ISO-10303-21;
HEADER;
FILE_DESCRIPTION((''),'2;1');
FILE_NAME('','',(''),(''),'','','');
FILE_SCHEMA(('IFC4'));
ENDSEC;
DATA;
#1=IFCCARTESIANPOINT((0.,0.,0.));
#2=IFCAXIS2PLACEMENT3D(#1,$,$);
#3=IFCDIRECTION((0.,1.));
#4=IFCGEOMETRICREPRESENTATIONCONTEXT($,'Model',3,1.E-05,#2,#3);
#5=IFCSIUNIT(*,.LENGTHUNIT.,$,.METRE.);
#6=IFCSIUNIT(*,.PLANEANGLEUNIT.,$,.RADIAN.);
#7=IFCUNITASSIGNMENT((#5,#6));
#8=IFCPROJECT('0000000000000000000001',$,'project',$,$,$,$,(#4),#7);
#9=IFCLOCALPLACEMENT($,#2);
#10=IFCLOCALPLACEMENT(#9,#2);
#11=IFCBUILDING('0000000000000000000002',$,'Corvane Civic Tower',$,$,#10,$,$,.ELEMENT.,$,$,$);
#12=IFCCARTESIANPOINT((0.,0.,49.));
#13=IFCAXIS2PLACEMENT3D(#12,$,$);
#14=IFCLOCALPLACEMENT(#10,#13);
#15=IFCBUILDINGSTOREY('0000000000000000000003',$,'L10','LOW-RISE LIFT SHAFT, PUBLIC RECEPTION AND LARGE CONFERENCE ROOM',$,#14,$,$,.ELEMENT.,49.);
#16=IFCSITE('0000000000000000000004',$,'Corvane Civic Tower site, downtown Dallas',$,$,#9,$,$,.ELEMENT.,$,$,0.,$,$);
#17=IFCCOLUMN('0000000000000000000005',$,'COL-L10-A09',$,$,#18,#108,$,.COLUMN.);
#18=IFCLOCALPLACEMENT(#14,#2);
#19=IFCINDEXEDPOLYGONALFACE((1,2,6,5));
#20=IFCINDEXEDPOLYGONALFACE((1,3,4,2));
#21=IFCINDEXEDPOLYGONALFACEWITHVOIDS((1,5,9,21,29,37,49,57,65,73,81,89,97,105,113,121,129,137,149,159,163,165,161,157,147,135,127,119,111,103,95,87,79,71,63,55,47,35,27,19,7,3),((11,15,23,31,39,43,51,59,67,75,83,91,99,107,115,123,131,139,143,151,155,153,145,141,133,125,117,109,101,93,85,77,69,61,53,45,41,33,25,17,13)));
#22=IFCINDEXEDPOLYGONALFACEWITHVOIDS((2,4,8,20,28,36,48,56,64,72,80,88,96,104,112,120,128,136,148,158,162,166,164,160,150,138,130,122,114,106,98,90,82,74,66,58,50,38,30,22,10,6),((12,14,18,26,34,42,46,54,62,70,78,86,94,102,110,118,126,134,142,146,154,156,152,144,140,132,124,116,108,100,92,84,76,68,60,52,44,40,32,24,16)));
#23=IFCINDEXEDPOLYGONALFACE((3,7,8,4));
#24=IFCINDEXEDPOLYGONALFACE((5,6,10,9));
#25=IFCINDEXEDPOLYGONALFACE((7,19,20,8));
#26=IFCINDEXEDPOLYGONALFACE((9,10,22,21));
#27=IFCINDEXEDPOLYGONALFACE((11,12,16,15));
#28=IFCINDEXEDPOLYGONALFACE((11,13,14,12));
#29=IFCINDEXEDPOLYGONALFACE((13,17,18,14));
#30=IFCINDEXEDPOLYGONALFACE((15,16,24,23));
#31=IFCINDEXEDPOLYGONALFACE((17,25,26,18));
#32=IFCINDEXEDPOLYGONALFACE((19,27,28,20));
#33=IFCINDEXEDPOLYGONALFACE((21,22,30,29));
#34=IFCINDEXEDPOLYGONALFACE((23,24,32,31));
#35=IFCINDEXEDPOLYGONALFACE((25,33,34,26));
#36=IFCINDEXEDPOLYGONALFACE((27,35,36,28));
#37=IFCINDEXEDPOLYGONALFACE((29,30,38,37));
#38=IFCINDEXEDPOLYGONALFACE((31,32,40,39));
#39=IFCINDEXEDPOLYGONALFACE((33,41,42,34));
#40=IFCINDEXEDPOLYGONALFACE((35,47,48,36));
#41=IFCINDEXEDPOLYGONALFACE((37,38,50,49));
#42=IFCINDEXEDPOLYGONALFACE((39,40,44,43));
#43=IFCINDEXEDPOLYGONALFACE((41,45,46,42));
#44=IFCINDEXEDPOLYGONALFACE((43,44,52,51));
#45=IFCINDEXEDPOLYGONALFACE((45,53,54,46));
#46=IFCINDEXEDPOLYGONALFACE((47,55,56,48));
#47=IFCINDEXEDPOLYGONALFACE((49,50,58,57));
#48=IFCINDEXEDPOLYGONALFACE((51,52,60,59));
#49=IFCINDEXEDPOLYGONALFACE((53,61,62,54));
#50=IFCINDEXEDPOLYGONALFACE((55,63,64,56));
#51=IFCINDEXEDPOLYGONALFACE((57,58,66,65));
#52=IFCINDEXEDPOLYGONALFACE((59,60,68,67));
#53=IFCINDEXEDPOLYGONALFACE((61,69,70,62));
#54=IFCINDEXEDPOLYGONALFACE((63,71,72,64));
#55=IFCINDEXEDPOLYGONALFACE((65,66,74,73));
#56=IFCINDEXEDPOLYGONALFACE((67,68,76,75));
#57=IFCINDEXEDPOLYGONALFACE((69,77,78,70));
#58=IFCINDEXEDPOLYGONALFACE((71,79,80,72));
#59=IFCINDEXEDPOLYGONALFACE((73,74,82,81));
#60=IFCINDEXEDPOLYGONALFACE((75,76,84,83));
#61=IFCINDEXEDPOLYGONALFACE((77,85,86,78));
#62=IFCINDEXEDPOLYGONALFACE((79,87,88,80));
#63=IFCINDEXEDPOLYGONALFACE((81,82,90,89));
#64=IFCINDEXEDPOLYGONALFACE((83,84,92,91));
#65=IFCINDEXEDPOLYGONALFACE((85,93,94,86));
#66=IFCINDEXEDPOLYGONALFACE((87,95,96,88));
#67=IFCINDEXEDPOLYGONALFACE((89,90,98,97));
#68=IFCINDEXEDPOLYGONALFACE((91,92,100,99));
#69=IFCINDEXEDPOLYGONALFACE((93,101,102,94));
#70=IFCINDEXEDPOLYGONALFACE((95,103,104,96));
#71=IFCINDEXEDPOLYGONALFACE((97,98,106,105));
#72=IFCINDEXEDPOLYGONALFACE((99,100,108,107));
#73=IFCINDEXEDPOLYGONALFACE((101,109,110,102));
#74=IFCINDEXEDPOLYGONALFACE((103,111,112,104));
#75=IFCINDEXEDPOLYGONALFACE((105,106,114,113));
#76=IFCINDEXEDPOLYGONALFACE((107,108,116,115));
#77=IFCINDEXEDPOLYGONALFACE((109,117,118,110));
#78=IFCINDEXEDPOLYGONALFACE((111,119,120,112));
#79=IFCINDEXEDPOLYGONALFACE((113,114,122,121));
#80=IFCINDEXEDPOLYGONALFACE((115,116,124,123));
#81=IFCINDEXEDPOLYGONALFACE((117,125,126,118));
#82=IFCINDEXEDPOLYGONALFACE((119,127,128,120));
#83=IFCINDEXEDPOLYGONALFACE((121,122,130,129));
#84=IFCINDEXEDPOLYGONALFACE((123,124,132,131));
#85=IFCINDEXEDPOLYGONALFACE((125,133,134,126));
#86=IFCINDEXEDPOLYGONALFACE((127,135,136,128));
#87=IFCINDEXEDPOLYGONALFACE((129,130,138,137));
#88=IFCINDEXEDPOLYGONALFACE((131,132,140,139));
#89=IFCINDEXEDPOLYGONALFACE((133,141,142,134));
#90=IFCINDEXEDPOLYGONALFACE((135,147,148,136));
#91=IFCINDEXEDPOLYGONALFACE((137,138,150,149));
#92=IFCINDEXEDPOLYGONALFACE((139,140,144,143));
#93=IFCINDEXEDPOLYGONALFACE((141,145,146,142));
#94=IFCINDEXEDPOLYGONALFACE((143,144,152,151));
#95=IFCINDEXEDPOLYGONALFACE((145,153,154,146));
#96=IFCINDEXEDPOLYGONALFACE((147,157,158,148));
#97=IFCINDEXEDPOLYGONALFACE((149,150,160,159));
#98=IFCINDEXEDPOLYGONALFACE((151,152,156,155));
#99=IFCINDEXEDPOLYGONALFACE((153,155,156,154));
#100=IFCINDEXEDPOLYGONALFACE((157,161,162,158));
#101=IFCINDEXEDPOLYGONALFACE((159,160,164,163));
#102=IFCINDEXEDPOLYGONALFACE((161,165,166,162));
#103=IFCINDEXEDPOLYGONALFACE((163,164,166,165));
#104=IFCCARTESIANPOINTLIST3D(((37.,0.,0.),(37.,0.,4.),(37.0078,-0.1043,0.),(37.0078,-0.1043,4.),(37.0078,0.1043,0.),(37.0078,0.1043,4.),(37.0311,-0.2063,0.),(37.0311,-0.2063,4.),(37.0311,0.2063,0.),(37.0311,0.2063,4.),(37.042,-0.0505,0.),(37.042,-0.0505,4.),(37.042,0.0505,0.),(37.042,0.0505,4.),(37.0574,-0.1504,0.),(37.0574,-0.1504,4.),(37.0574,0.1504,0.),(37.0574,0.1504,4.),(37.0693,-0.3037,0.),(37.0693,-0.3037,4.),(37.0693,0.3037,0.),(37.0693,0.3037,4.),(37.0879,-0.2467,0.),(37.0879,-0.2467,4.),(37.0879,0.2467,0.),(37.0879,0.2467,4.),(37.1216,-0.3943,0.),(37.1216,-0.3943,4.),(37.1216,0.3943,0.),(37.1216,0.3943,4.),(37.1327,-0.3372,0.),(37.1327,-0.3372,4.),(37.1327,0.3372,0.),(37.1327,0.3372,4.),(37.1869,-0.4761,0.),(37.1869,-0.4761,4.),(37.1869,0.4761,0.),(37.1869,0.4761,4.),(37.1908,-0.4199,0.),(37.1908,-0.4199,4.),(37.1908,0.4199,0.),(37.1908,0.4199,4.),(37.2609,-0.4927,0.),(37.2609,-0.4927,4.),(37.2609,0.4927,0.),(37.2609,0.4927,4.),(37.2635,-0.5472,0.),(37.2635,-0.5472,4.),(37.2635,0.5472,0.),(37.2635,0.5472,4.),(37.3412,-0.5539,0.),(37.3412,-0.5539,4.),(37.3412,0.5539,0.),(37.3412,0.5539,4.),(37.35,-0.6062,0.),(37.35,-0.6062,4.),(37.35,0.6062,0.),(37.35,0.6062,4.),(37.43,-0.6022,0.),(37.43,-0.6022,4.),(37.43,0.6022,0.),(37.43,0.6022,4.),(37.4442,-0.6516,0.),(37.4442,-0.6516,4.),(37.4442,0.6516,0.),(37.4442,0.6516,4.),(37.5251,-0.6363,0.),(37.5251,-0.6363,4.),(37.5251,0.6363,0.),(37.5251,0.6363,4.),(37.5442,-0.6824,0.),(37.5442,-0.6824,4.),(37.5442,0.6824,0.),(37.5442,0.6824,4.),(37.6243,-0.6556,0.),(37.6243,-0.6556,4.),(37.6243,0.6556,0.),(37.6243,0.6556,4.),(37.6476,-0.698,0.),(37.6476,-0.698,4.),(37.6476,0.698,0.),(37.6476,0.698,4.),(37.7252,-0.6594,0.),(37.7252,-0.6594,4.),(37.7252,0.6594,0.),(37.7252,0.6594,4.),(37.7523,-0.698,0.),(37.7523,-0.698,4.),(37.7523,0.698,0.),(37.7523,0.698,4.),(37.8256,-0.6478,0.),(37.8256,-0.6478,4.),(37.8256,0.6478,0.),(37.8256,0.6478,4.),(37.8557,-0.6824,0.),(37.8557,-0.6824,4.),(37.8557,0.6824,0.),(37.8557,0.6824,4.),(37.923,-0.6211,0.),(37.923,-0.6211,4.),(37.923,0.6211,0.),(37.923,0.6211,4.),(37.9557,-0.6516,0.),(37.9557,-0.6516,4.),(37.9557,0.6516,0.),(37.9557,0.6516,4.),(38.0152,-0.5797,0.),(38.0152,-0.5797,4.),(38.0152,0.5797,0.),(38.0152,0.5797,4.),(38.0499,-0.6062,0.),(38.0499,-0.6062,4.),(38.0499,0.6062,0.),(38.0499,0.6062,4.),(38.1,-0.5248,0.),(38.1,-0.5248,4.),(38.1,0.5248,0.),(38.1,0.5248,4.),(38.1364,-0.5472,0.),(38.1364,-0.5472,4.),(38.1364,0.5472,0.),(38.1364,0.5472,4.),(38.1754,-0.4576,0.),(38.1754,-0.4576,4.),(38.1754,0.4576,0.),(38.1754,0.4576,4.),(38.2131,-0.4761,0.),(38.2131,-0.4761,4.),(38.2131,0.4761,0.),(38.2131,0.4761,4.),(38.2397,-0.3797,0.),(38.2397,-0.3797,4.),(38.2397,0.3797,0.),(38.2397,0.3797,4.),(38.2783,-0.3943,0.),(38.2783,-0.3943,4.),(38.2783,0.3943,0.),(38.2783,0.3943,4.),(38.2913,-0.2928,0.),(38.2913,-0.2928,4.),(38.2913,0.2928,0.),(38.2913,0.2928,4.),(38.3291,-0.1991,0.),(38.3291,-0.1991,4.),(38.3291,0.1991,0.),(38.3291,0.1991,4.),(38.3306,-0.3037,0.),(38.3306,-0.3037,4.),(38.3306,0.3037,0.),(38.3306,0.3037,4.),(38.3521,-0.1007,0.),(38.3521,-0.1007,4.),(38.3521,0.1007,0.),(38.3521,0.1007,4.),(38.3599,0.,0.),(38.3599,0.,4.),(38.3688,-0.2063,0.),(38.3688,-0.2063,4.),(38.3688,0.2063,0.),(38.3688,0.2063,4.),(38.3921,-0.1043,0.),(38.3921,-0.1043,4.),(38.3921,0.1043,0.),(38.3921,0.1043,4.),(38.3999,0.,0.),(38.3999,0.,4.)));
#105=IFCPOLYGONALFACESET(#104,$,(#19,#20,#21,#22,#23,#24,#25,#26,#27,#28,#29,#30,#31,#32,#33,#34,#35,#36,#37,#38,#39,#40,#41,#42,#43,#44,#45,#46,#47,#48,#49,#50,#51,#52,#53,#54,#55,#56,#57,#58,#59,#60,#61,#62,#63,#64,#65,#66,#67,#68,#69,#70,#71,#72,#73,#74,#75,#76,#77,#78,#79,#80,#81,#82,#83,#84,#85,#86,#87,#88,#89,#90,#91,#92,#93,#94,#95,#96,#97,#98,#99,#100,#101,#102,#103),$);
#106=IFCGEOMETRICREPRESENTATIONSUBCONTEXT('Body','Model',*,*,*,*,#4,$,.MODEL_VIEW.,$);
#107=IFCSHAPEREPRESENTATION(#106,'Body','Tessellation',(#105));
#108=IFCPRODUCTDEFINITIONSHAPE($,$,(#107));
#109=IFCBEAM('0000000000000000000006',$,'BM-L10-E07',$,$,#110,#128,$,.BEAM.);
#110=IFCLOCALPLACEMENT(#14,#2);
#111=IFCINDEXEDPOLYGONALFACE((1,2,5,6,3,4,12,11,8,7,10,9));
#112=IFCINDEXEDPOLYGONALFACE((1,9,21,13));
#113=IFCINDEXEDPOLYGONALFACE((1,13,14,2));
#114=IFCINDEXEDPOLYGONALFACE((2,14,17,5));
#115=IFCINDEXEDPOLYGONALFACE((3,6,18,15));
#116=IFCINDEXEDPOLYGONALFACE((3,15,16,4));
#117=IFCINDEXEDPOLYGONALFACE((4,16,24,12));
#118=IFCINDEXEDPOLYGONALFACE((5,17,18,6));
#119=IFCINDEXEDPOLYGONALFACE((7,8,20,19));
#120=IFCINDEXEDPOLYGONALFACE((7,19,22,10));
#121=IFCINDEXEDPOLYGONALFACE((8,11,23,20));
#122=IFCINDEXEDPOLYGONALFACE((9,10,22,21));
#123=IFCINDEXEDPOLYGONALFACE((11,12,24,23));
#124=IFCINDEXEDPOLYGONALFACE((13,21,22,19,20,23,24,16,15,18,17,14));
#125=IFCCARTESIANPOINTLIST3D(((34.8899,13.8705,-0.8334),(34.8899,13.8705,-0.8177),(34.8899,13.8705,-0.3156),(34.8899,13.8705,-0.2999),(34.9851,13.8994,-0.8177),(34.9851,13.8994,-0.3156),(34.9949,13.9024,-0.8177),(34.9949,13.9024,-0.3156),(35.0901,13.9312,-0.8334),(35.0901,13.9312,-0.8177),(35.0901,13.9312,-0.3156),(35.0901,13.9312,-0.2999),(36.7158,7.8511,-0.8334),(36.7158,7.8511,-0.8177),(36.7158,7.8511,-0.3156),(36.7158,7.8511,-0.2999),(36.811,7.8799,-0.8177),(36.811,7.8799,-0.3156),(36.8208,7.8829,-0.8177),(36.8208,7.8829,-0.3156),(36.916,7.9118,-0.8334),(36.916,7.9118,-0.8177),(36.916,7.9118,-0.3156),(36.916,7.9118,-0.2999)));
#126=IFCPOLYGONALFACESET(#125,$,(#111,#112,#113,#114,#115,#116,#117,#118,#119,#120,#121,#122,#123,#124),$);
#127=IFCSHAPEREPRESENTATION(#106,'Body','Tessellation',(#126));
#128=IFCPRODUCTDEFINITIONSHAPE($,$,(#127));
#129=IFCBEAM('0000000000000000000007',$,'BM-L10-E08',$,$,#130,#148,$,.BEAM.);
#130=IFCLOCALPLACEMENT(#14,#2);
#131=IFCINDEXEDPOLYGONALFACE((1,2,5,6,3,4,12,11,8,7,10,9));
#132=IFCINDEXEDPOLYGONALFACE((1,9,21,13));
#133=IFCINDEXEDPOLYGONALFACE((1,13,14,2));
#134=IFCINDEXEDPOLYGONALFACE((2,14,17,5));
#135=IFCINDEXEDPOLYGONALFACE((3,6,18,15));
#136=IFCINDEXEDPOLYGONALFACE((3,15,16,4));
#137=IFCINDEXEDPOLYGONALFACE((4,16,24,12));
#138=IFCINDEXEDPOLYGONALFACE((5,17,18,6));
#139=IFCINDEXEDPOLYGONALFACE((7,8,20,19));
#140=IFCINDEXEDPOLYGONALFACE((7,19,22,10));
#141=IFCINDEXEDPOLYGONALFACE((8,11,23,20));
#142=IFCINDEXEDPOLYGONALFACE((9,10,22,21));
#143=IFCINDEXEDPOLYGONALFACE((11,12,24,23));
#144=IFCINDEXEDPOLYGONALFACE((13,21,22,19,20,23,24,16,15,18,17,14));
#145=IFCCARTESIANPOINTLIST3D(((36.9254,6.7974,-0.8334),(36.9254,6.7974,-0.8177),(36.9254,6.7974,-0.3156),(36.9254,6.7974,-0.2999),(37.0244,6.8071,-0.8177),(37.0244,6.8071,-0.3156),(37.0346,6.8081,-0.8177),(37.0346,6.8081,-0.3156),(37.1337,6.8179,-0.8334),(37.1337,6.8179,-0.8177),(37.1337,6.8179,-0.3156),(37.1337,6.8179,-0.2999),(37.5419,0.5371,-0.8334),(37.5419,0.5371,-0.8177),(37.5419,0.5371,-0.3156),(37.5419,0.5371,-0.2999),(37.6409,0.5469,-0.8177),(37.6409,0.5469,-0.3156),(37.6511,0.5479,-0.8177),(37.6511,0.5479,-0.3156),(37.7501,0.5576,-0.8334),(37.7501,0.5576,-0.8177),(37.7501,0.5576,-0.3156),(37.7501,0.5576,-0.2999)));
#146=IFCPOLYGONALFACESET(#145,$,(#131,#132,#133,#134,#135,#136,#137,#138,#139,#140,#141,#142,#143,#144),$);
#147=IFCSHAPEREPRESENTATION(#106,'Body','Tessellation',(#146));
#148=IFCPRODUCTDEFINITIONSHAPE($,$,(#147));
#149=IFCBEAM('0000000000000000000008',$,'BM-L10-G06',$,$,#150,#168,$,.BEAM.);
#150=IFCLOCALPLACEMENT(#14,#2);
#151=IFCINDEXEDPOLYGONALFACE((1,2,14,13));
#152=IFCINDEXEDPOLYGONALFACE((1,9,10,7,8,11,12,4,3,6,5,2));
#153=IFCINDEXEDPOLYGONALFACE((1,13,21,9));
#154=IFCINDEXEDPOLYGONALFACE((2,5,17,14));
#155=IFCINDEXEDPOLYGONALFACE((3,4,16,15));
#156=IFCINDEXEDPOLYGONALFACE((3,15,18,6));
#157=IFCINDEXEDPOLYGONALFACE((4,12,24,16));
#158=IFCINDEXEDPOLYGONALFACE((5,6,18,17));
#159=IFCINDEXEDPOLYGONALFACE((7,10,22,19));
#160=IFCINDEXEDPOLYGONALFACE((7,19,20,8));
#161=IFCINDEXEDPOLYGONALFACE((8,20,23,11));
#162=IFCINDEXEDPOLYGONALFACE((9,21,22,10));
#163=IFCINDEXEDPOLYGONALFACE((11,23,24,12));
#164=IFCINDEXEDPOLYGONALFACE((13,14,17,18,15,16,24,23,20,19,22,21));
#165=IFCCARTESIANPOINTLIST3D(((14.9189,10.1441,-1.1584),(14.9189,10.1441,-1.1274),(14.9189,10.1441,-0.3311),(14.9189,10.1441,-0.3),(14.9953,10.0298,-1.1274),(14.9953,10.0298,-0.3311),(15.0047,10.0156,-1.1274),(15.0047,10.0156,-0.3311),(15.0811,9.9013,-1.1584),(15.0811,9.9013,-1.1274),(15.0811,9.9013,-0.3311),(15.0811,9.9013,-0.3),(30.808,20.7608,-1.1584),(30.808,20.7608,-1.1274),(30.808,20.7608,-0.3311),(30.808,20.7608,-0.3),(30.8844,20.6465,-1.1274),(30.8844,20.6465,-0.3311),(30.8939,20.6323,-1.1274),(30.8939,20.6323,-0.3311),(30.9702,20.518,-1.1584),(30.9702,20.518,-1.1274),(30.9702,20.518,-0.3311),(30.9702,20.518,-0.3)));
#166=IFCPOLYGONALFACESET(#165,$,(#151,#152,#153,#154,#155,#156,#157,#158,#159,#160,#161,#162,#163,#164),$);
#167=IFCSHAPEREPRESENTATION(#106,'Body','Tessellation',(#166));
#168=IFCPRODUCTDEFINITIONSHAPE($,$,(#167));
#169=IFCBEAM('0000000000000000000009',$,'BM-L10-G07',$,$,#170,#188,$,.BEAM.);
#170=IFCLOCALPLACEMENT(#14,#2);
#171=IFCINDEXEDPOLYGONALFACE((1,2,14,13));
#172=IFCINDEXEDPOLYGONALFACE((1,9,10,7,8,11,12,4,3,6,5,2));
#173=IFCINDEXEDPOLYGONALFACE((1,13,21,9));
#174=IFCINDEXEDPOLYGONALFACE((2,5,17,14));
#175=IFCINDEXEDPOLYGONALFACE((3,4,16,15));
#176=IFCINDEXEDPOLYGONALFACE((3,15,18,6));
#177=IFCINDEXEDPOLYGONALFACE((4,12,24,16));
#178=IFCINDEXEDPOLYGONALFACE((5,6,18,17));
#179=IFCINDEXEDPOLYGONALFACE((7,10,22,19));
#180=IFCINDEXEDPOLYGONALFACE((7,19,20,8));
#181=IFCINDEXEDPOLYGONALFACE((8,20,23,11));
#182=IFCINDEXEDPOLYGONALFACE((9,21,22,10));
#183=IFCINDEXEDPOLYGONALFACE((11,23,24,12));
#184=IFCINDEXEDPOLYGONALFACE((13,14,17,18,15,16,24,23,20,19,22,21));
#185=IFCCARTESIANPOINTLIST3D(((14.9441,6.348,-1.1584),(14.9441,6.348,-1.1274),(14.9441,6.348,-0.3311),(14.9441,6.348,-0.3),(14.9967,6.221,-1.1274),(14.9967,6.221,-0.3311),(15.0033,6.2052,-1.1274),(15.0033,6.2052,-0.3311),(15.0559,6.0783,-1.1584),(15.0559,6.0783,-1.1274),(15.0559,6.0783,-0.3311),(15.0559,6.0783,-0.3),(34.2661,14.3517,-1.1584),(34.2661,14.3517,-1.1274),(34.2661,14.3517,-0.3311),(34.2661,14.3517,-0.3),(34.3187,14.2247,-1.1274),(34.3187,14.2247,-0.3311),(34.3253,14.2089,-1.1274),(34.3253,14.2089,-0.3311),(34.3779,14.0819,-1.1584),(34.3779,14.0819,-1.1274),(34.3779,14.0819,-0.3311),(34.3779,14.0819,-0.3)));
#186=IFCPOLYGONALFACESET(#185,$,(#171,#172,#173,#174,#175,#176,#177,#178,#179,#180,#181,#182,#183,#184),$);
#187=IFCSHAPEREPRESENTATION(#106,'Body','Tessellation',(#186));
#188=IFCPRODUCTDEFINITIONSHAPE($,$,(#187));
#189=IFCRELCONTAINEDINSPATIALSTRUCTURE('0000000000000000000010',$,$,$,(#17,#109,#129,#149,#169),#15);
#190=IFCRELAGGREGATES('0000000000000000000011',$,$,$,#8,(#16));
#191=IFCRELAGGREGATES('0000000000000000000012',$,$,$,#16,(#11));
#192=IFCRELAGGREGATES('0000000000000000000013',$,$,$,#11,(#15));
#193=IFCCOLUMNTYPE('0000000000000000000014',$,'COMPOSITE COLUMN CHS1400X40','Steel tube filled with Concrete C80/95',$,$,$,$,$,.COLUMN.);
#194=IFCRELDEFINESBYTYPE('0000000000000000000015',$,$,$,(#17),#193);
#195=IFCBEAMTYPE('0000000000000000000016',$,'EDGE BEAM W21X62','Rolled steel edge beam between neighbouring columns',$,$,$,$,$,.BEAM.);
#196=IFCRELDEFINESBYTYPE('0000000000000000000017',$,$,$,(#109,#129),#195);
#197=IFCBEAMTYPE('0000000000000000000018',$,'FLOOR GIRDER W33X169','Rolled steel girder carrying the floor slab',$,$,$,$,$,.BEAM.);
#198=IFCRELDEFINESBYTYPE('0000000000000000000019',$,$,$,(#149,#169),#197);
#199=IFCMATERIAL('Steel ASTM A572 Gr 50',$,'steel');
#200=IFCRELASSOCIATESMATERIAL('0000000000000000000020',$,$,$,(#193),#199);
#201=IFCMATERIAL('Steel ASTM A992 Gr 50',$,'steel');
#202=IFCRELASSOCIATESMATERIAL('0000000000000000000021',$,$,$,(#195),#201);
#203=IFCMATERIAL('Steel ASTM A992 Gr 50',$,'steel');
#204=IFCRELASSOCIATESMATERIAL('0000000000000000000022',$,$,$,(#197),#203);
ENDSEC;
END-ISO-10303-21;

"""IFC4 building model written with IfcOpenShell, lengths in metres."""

from ifc_helpers import new_model, si_unit, direction, frame, origin, origin_2d, place, context, subcontext, project, spatial, hollow_circle, i_section, extrude, material, material_profile, profile_set, type_object, element, save


model = new_model("IFC4")

# Units and contexts
model_context = context("Model", 3, precision=1e-05, world=origin(), true_north=direction((0.0, 1.0)))
body_context = subcontext(model_context, "Body", "Model", "MODEL_VIEW")
ifc_project = project(units=[si_unit("LENGTHUNIT", "METRE"), si_unit("PLANEANGLEUNIT", "RADIAN")], contexts=[model_context])

# Site, building, storey
site_placement = place(None, origin())
site = spatial("IfcSite", under=ifc_project, at=site_placement, Name="Corvane Civic Tower site, downtown Dallas", CompositionType="ELEMENT", RefElevation=0.0)
building_placement = place(site_placement, origin())
building = spatial("IfcBuilding", under=site, at=building_placement, Name="Corvane Civic Tower", CompositionType="ELEMENT")
storey_placement = place(building_placement, frame((0.0, 0.0, 49.0)))
storey = spatial("IfcBuildingStorey", under=building, at=storey_placement, Name="L10", Description="LOW-RISE LIFT SHAFT, PUBLIC RECEPTION AND LARGE CONFERENCE ROOM", CompositionType="ELEMENT", Elevation=49.0)

# Column
ifc_material_1 = material(Name="Steel ASTM A572 Gr 50", Category="steel")
ifc_material_profile_1 = material_profile(ifc_material_1, hollow_circle(Radius=0.7, WallThickness=0.04, at=origin_2d()), Name="CHS1400X40")
ifc_profile_set_1 = profile_set([ifc_material_profile_1], Name="Steel ASTM A572 Gr 50")
column_type = type_object("IfcColumnType", Name="COMPOSITE COLUMN CHS1400X40", Description="Steel tube filled with Concrete C80/95", PredefinedType="COLUMN", material=ifc_profile_set_1)
for number, where, z_axis, x_axis, name in (
    (1, (37.7, 0.0, 0.0), (0.0, 0.0, 1.0), (1.0, 0.0, 0.0), "COL-L10-A09"),
):
    element("IfcColumn", number, at=place(storey_placement, frame(where, z_axis=z_axis, x_axis=x_axis)), inside=storey, type_object=column_type, Name=name, PredefinedType="COLUMN", context=body_context, shape_type="SweptSolid", body=[
        extrude(hollow_circle(Radius=0.7, WallThickness=0.04, at=origin_2d()), origin(), (0.0, 0.0, 1.0), 4.0),
    ])

# Beams
ifc_material_2 = material(Name="Steel ASTM A992 Gr 50", Category="steel")
ifc_material_profile_2 = material_profile(ifc_material_2, i_section(OverallWidth=0.2092, OverallDepth=0.5334, WebThickness=0.0103, FlangeThickness=0.0156, at=origin_2d()), Name="W21X62")
ifc_profile_set_2 = profile_set([ifc_material_profile_2], Name="Steel ASTM A992 Gr 50")
beam_type_1 = type_object("IfcBeamType", Name="EDGE BEAM W21X62", Description="Rolled steel edge beam between neighbouring columns", PredefinedType="BEAM", material=ifc_profile_set_2)
beam_1_placement = place(storey_placement, frame((34.99, 13.9009, -0.5667), z_axis=(0.290273, -0.956944, 0.0), x_axis=(0.956944, 0.290273, 0.0)))
element("IfcBeam", 2, at=beam_1_placement, inside=storey, type_object=beam_type_1, Name="BM-L10-E07", PredefinedType="BEAM", context=body_context, shape_type="SweptSolid", body=[
    extrude(i_section(OverallWidth=0.2092, OverallDepth=0.5334, WebThickness=0.0103, FlangeThickness=0.0156, at=origin_2d()), origin(), (0.0, 0.0, 1.0), 6.2903),
])
beam_2_placement = place(storey_placement, frame((37.0295, 6.8076, -0.5667), z_axis=(0.097997, -0.995187, 0.0), x_axis=(0.995187, 0.097997, 0.0)))
element("IfcBeam", 3, at=beam_2_placement, inside=storey, type_object=beam_type_1, Name="BM-L10-E08", PredefinedType="BEAM", context=body_context, shape_type="SweptSolid", body=[
    extrude(i_section(OverallWidth=0.2092, OverallDepth=0.5334, WebThickness=0.0103, FlangeThickness=0.0156, at=origin_2d()), origin(), (0.0, 0.0, 1.0), 6.2905),
])
ifc_material_3 = material(Name="Steel ASTM A992 Gr 50", Category="steel")
ifc_material_profile_3 = material_profile(ifc_material_3, i_section(OverallWidth=0.292, OverallDepth=0.8584, WebThickness=0.0171, FlangeThickness=0.031, at=origin_2d()), Name="W33X169")
ifc_profile_set_3 = profile_set([ifc_material_profile_3], Name="Steel ASTM A992 Gr 50")
beam_type_2 = type_object("IfcBeamType", Name="FLOOR GIRDER W33X169", Description="Rolled steel girder carrying the floor slab", PredefinedType="BEAM", material=ifc_profile_set_3)
beam_3_placement = place(storey_placement, frame((15.0, 10.0227, -0.7292), z_axis=(0.831472, 0.555567, 0.0), x_axis=(-0.555567, 0.831472, 0.0)))
element("IfcBeam", 4, at=beam_3_placement, inside=storey, type_object=beam_type_2, Name="BM-L10-G06", PredefinedType="BEAM", context=body_context, shape_type="SweptSolid", body=[
    extrude(i_section(OverallWidth=0.292, OverallDepth=0.8584, WebThickness=0.0171, FlangeThickness=0.031, at=origin_2d()), origin(), (0.0, 0.0, 1.0), 19.1096),
])
beam_4_placement = place(storey_placement, frame((15.0, 6.2131, -0.7292), z_axis=(0.923876, 0.382692, 0.0), x_axis=(-0.382692, 0.923876, 0.0)))
element("IfcBeam", 5, at=beam_4_placement, inside=storey, type_object=beam_type_2, Name="BM-L10-G07", PredefinedType="BEAM", context=body_context, shape_type="SweptSolid", body=[
    extrude(i_section(OverallWidth=0.292, OverallDepth=0.8584, WebThickness=0.0171, FlangeThickness=0.031, at=origin_2d()), origin(), (0.0, 0.0, 1.0), 20.9141),
])

save(model, "model.ifc")
